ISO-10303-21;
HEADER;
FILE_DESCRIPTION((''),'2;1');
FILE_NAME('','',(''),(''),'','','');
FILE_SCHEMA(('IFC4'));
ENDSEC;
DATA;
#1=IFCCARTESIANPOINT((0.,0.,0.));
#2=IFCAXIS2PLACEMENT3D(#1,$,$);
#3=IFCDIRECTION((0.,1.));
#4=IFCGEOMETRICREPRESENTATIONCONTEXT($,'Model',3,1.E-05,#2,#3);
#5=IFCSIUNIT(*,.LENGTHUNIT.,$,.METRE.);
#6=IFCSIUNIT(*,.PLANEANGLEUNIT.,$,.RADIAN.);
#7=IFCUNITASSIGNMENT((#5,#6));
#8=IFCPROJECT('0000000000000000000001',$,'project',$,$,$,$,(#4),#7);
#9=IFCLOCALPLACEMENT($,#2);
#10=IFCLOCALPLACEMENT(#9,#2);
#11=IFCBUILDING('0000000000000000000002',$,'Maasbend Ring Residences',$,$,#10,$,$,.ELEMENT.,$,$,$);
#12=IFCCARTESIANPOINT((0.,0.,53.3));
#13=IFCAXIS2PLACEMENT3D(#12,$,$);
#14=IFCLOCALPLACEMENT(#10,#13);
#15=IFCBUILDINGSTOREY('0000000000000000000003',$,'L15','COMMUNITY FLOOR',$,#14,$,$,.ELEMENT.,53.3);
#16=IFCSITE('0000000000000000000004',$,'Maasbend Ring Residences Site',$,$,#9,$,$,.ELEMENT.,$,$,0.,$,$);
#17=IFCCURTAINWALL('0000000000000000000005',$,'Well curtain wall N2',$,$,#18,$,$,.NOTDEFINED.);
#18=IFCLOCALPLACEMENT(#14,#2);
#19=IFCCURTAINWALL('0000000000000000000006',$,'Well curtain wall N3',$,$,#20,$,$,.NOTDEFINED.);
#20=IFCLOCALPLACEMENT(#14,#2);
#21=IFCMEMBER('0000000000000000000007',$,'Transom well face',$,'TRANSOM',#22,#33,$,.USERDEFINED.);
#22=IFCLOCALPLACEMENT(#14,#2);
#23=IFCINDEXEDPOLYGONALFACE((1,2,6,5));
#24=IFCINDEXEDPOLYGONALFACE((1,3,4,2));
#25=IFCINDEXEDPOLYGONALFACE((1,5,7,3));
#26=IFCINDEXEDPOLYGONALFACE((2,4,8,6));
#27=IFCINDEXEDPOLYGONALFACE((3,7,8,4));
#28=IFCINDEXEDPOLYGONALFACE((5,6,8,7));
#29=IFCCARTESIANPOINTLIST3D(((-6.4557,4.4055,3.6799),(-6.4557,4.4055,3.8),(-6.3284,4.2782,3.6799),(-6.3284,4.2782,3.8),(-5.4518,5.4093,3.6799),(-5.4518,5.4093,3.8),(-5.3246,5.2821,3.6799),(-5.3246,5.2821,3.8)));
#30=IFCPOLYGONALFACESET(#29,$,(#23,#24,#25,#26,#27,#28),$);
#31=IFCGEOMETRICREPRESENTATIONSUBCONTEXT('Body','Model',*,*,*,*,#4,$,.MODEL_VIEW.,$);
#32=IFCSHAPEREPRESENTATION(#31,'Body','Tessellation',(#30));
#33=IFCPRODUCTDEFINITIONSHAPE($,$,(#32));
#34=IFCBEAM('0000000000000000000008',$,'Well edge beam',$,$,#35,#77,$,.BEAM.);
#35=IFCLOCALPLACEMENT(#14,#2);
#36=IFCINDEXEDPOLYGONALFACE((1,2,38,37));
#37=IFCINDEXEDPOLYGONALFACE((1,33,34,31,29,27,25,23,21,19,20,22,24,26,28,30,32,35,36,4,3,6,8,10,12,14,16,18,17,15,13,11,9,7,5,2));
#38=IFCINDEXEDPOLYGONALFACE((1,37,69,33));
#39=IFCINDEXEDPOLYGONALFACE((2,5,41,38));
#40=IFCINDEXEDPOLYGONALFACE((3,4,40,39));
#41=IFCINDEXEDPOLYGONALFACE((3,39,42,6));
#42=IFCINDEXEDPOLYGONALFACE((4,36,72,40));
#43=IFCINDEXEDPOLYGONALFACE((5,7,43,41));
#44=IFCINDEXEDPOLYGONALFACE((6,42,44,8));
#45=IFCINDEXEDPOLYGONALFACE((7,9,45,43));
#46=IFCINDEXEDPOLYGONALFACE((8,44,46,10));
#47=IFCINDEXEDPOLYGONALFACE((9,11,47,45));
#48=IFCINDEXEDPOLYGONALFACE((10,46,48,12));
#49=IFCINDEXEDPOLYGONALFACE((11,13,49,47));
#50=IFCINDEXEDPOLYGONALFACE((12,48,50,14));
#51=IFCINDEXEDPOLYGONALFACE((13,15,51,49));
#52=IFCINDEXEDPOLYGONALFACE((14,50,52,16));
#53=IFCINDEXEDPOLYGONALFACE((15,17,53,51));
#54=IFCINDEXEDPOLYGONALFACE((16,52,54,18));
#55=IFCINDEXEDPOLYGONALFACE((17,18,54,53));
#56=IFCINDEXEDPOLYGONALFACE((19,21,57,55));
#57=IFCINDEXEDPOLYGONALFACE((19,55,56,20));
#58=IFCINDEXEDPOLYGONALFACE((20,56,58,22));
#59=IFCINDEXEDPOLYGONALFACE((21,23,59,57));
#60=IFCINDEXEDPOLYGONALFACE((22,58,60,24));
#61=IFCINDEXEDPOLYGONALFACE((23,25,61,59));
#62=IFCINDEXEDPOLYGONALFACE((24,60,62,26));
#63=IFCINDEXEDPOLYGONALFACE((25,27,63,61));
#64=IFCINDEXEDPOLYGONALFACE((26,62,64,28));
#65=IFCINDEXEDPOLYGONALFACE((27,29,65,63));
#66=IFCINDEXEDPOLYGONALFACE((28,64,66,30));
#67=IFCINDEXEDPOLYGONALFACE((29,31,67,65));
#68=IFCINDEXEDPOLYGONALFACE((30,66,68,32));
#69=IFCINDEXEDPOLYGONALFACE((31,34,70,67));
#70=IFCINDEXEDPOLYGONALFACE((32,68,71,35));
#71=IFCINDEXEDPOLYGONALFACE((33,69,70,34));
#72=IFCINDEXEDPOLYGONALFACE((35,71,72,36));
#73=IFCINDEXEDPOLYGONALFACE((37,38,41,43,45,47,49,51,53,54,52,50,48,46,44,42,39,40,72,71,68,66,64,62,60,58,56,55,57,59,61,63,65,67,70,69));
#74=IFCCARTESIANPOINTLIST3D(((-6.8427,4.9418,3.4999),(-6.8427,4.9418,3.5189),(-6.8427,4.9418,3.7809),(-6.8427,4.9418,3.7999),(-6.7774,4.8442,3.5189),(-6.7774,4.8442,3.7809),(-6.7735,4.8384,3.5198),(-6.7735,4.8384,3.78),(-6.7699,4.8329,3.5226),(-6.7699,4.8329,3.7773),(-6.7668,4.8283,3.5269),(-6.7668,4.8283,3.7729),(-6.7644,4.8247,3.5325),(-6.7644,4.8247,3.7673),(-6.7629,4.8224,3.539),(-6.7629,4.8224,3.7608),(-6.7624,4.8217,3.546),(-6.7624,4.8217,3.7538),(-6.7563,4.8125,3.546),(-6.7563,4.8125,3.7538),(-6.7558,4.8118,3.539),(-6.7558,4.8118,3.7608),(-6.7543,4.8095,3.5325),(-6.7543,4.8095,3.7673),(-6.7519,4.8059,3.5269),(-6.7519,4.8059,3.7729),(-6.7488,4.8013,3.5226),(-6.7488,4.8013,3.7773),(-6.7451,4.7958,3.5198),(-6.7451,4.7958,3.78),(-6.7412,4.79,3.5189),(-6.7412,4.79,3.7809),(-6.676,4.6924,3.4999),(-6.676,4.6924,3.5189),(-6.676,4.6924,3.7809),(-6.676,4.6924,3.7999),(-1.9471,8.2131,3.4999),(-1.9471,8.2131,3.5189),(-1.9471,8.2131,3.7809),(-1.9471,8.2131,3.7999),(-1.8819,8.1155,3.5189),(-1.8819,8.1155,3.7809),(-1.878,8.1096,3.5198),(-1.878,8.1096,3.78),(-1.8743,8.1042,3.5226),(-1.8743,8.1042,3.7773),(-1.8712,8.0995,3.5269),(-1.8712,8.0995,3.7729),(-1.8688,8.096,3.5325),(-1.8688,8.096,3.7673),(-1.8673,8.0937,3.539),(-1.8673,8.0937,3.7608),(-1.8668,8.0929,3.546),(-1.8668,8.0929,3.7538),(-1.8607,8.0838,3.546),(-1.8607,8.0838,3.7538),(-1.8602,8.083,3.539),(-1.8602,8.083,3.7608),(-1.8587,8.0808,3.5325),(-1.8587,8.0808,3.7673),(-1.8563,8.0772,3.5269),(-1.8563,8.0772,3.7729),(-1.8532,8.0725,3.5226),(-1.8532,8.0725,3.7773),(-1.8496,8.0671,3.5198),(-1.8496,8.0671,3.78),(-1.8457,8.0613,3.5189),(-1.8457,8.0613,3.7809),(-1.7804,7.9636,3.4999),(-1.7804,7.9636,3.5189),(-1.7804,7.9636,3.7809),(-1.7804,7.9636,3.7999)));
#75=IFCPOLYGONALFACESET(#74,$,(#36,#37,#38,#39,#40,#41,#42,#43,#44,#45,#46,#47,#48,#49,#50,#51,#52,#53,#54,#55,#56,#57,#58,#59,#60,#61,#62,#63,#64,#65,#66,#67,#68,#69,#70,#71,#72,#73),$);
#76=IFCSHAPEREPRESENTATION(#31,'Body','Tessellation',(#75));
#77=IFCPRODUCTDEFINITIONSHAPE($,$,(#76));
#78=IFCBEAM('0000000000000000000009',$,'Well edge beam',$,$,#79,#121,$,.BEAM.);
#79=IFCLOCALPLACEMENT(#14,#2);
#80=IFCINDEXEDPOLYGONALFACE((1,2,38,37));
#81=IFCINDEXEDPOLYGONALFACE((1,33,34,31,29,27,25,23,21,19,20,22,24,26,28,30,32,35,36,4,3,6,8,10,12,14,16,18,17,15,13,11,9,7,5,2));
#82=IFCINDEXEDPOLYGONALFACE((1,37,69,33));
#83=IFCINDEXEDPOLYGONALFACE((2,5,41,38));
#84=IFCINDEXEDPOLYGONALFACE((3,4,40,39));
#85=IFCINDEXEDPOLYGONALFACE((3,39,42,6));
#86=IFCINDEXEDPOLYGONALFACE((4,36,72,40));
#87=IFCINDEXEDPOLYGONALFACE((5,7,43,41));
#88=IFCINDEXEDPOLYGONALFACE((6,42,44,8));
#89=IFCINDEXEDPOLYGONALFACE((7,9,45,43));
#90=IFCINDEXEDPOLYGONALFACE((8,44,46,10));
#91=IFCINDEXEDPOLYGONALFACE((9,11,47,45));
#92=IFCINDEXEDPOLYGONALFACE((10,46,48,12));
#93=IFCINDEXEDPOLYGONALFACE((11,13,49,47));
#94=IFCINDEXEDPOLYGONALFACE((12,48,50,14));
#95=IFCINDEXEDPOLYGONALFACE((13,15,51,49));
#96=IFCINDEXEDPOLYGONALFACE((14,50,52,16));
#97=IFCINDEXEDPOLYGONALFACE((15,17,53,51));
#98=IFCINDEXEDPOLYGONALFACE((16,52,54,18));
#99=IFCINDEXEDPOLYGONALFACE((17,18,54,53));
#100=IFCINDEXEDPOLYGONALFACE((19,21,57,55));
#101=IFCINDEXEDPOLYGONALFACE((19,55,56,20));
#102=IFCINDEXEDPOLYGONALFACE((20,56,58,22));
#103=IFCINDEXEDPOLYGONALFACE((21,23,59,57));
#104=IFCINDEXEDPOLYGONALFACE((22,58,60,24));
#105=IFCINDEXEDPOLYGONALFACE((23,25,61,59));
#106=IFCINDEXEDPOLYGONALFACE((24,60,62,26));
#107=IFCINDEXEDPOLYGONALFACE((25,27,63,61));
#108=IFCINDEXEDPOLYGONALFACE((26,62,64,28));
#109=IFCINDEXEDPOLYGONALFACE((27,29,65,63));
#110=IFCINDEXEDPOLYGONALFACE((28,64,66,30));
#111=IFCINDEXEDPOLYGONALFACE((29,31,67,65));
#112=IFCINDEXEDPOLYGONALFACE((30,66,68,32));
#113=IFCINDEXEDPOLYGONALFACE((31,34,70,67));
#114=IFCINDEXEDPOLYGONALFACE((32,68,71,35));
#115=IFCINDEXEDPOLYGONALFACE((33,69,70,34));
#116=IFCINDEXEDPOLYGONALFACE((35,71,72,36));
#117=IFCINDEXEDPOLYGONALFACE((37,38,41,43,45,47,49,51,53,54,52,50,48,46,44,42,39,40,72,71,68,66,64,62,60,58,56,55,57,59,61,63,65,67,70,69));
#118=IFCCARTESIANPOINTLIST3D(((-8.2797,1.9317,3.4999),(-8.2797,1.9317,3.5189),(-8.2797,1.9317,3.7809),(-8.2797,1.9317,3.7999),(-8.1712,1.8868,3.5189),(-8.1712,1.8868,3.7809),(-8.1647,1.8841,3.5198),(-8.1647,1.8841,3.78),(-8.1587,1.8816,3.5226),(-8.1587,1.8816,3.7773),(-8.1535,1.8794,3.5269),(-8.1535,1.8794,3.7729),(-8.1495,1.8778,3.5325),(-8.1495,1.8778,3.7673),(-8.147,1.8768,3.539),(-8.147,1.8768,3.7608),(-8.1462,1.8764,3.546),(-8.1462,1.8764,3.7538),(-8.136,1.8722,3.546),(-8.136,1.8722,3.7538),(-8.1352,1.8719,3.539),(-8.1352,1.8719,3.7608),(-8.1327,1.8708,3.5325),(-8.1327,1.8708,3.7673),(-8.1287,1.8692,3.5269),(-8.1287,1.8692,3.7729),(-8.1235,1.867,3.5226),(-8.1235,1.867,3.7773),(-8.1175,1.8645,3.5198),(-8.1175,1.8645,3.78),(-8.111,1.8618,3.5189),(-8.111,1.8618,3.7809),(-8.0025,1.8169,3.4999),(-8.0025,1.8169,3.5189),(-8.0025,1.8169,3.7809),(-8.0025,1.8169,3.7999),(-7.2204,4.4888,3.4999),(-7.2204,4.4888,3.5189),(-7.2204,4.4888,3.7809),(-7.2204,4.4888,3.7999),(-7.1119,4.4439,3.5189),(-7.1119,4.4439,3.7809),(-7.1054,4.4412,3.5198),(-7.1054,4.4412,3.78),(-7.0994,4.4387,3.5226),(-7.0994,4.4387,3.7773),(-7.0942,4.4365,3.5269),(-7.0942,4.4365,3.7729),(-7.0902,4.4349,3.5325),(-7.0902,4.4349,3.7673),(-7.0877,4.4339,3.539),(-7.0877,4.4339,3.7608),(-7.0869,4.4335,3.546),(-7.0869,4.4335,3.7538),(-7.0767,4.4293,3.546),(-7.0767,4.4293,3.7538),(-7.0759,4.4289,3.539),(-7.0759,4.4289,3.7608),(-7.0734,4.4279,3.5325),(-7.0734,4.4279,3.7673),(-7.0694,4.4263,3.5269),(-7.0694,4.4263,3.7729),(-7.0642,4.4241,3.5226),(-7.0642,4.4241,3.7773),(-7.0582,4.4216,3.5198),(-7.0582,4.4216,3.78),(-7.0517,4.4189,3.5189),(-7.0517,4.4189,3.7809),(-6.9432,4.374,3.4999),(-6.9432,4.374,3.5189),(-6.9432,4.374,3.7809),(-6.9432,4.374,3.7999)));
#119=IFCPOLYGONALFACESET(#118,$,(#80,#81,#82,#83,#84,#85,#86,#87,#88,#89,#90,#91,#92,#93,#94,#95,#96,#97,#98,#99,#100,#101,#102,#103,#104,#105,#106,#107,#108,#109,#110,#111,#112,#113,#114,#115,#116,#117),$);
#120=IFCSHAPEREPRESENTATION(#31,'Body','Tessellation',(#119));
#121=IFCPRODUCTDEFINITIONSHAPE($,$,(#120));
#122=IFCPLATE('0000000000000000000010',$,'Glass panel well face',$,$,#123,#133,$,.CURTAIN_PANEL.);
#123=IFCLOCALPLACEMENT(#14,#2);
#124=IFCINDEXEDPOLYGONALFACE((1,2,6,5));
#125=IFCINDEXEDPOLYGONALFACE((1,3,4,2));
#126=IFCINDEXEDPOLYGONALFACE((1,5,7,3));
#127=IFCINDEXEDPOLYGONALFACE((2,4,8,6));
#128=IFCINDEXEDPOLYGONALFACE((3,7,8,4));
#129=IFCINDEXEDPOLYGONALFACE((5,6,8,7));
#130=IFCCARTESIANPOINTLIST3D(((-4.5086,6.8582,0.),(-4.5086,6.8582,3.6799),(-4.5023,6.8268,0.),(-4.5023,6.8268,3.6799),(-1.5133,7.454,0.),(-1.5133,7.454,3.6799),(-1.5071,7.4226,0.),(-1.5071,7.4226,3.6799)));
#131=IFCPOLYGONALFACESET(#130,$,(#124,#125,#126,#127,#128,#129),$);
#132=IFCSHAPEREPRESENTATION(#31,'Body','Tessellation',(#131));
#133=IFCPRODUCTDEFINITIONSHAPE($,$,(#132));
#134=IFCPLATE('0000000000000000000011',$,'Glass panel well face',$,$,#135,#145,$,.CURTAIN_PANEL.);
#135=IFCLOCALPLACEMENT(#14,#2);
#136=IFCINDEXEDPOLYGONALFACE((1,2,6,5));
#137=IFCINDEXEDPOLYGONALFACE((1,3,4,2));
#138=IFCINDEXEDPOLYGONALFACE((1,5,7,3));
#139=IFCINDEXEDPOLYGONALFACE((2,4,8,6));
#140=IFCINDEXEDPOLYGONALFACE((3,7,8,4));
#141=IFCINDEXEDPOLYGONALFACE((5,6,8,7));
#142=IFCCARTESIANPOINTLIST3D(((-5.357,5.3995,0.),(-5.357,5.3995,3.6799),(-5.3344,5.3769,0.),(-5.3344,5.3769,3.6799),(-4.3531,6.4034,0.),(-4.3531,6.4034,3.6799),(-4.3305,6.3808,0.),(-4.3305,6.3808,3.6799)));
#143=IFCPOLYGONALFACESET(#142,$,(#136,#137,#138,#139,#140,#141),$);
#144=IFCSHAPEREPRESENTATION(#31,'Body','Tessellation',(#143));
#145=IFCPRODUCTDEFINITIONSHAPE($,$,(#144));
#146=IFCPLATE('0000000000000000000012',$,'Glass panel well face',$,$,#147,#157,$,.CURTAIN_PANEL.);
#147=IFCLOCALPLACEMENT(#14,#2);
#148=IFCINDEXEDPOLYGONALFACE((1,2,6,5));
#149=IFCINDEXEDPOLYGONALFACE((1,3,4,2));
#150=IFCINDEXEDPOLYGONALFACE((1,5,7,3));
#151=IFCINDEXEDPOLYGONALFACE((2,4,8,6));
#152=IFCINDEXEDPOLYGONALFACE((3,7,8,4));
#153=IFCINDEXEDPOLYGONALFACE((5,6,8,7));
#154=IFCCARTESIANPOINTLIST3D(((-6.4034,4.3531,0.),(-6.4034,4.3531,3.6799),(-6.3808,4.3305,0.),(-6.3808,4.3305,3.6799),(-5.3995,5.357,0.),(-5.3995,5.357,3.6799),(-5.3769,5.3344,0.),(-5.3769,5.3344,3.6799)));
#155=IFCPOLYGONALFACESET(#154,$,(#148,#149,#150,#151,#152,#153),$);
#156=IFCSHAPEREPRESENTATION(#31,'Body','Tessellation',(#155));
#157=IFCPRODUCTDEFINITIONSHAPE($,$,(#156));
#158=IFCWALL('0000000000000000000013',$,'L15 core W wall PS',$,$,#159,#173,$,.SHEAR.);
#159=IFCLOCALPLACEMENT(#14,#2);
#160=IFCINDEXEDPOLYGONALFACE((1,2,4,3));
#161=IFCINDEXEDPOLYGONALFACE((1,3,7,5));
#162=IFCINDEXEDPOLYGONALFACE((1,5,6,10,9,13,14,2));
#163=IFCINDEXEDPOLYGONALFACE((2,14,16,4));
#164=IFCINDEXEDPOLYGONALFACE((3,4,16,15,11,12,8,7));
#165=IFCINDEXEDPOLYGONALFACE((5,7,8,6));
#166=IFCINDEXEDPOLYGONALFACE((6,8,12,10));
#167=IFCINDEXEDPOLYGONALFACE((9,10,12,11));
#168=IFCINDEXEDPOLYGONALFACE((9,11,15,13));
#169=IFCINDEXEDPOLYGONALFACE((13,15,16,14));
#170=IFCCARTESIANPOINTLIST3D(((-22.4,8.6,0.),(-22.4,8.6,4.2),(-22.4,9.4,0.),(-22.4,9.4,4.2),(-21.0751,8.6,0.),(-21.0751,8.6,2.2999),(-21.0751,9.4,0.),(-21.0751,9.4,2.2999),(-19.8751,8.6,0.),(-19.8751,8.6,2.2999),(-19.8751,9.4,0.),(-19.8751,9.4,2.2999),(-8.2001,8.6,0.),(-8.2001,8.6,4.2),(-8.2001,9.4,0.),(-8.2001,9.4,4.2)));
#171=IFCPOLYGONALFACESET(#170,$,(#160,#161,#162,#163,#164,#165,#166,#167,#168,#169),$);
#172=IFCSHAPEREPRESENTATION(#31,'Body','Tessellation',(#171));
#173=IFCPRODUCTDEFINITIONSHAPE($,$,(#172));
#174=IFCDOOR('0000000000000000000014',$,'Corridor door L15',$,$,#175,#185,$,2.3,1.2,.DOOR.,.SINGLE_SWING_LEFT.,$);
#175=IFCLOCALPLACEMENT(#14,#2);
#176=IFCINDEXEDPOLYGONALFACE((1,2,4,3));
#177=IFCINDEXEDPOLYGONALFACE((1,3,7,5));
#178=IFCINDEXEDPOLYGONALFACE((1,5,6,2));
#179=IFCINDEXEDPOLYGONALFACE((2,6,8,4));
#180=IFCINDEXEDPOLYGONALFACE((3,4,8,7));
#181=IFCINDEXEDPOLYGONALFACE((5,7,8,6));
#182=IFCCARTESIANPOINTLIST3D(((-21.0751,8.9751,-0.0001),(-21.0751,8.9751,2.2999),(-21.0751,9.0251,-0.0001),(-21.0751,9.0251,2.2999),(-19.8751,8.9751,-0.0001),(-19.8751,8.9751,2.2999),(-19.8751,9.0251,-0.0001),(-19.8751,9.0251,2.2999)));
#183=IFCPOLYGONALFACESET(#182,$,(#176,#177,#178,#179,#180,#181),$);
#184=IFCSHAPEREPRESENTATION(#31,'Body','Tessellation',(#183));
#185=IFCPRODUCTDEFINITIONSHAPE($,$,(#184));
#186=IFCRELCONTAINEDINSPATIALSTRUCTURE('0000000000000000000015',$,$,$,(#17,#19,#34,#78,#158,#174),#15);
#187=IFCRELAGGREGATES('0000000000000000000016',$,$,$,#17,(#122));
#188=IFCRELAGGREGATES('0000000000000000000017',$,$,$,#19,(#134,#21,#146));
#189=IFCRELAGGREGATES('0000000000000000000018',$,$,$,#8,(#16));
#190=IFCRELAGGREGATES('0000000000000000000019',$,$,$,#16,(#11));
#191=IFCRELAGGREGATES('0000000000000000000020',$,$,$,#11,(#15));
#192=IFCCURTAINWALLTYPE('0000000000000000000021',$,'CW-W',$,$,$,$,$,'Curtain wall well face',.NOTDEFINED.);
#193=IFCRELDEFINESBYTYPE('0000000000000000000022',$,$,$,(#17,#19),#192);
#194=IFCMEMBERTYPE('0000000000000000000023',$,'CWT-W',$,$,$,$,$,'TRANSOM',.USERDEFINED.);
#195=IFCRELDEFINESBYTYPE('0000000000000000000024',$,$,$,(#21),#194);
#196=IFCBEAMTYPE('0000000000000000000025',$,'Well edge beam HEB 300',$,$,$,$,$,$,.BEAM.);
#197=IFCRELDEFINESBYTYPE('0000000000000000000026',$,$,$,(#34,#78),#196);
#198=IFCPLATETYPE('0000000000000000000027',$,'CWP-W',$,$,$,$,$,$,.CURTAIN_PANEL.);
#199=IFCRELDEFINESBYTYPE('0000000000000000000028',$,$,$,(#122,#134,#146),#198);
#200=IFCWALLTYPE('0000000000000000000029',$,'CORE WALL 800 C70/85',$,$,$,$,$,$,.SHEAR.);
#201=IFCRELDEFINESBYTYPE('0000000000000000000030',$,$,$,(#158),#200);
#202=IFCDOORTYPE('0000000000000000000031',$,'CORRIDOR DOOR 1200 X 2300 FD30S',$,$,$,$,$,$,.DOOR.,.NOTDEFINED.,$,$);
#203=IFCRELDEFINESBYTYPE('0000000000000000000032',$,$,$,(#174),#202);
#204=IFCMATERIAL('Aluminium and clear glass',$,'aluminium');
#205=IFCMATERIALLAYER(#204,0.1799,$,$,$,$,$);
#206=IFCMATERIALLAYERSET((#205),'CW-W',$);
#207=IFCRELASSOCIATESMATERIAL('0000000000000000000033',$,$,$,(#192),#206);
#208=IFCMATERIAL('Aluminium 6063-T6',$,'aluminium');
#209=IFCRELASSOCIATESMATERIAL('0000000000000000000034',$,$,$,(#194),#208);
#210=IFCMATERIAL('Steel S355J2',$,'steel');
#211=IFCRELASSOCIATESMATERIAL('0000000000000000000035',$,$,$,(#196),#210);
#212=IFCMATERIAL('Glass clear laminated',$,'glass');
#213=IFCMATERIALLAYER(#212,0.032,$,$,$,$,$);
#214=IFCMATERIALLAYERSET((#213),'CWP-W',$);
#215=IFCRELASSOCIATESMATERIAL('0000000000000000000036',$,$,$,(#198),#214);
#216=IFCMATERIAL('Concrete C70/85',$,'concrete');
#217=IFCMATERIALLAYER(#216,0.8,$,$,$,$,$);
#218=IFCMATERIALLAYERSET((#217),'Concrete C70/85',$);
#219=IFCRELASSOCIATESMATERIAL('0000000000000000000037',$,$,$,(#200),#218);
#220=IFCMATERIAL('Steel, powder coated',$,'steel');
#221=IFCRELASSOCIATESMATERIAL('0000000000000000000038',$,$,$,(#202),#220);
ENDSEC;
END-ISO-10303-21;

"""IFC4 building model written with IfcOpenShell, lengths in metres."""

from ifc_helpers import new_model, si_unit, direction, frame, frame_2d, origin, origin_2d, place, context, subcontext, project, spatial, rectangle, i_section, extrude, material, layer, layer_set, material_profile, profile_set, type_object, element, fill, aggregate, save


model = new_model("IFC4")

# Units and contexts
model_context = context("Model", 3, precision=1e-05, world=origin(), true_north=direction((0.0, 1.0)))
body_context = subcontext(model_context, "Body", "Model", "MODEL_VIEW")
ifc_project = project(units=[si_unit("LENGTHUNIT", "METRE"), si_unit("PLANEANGLEUNIT", "RADIAN")], contexts=[model_context])

# Site, building, storey
site_placement = place(None, origin())
site = spatial("IfcSite", under=ifc_project, at=site_placement, Name="Maasbend Ring Residences Site", CompositionType="ELEMENT", RefElevation=0.0)
building_placement = place(site_placement, origin())
building = spatial("IfcBuilding", under=site, at=building_placement, Name="Maasbend Ring Residences", CompositionType="ELEMENT")
storey_placement = place(building_placement, frame((0.0, 0.0, 53.3)))
storey = spatial("IfcBuildingStorey", under=building, at=storey_placement, Name="L15", Description="COMMUNITY FLOOR", CompositionType="ELEMENT", Elevation=53.3)

# Curtain walls
ifc_material_1 = material(Name="Aluminium and clear glass", Category="aluminium")
ifc_layer_1 = layer(ifc_material_1, 0.1799)
ifc_layer_set_1 = layer_set([ifc_layer_1], Name="CW-W")
curtain_wall_type = type_object("IfcCurtainWallType", Name="CW-W", ElementType="Curtain wall well face", PredefinedType="NOTDEFINED", material=ifc_layer_set_1)
curtain_wall_1_placement = place(storey_placement, origin())
curtain_wall_1 = element("IfcCurtainWall", 1, at=curtain_wall_1_placement, inside=storey, type_object=curtain_wall_type, Name="Well curtain wall N2", PredefinedType="NOTDEFINED")
curtain_wall_2_placement = place(storey_placement, origin())
curtain_wall_2 = element("IfcCurtainWall", 2, at=curtain_wall_2_placement, inside=storey, type_object=curtain_wall_type, Name="Well curtain wall N3", PredefinedType="NOTDEFINED")

# Member
ifc_material_2 = material(Name="Aluminium 6063-T6", Category="aluminium")
ifc_material_profile_1 = material_profile(ifc_material_2, rectangle(XDim=0.1799, YDim=0.1201, at=origin_2d()), Name="AL 180x120")
ifc_profile_set_1 = profile_set([ifc_material_profile_1], Name="Aluminium 6063-T6")
member_type_1 = type_object("IfcMemberType", Name="CWT-W", ElementType="TRANSOM", PredefinedType="USERDEFINED", material=ifc_profile_set_1)
member_1_placement = place(storey_placement, frame((-5.3882, 5.3457, 3.74), z_axis=(-0.707107, -0.707107, 0.0), x_axis=(0.707107, -0.707107, 0.0)))
member_1 = element("IfcMember", 3, at=member_1_placement, type_object=member_type_1, Name="Transom well face", ObjectType="TRANSOM", PredefinedType="USERDEFINED", context=body_context, shape_type="SweptSolid", body=[
    extrude(rectangle(XDim=0.1799, YDim=0.1201, at=origin_2d()), origin(), (0.0, 0.0, 1.0), 1.4197),
])

# Beams
ifc_material_3 = material(Name="Steel S355J2", Category="steel")
ifc_material_profile_2 = material_profile(ifc_material_3, i_section(OverallWidth=0.3, OverallDepth=0.3, WebThickness=0.011, FlangeThickness=0.019, FilletRadius=0.0271, at=origin_2d()), Name="HEB 300")
ifc_profile_set_2 = profile_set([ifc_material_profile_2], Name="Steel S355J2")
beam_type = type_object("IfcBeamType", Name="Well edge beam HEB 300", PredefinedType="BEAM", material=ifc_profile_set_2)
beam_1_placement = place(storey_placement, frame((-1.8638, 8.0884, 3.6499), z_axis=(-0.831457, -0.55559, 0.0), x_axis=(0.55559, -0.831457, 0.0)))
element("IfcBeam", 4, at=beam_1_placement, inside=storey, type_object=beam_type, Name="Well edge beam", PredefinedType="BEAM", context=body_context, shape_type="SweptSolid", body=[
    extrude(i_section(OverallWidth=0.3, OverallDepth=0.3, WebThickness=0.011, FlangeThickness=0.019, FilletRadius=0.0271, at=origin_2d()), origin(), (0.0, 0.0, 1.0), 5.8879),
])
beam_2_placement = place(storey_placement, frame((-7.0818, 4.4314, 3.6499), z_axis=(-0.382723, -0.923863, 0.0), x_axis=(0.923863, -0.382723, 0.0)))
element("IfcBeam", 5, at=beam_2_placement, inside=storey, type_object=beam_type, Name="Well edge beam", PredefinedType="BEAM", context=body_context, shape_type="SweptSolid", body=[
    extrude(i_section(OverallWidth=0.3, OverallDepth=0.3, WebThickness=0.011, FlangeThickness=0.019, FilletRadius=0.0271, at=origin_2d()), origin(), (0.0, 0.0, 1.0), 2.7678),
])

# Plates
ifc_material_4 = material(Name="Glass clear laminated", Category="glass")
ifc_layer_2 = layer(ifc_material_4, 0.032)
ifc_layer_set_2 = layer_set([ifc_layer_2], Name="CWP-W")
plate_type = type_object("IfcPlateType", Name="CWP-W", PredefinedType="CURTAIN_PANEL", material=ifc_layer_set_2)
plate_1_placement = place(storey_placement, frame((-3.0078, 7.1404, 0.0), z_axis=(0.0, 0.0, 1.0), x_axis=(-0.980785, -0.19509, 0.0)))
plate_1 = element("IfcPlate", 6, at=plate_1_placement, type_object=plate_type, Name="Glass panel well face", PredefinedType="CURTAIN_PANEL", context=body_context, shape_type="SweptSolid", body=[
    extrude(rectangle(XDim=3.054, YDim=0.032, at=origin_2d()), origin(), (0.0, 0.0, 1.0), 3.6799),
])
aggregate(curtain_wall_1, [plate_1])
plate_2_placement = place(storey_placement, frame((-4.8438, 5.8901, 0.0), z_axis=(0.0, 0.0, 1.0), x_axis=(-0.707107, -0.707107, 0.0)))
plate_2 = element("IfcPlate", 7, at=plate_2_placement, type_object=plate_type, Name="Glass panel well face", PredefinedType="CURTAIN_PANEL", context=body_context, shape_type="SweptSolid", body=[
    extrude(rectangle(XDim=1.4197, YDim=0.032, at=origin_2d()), origin(), (0.0, 0.0, 1.0), 3.6799),
])
plate_3_placement = place(storey_placement, frame((-5.8901, 4.8438, 0.0), z_axis=(0.0, 0.0, 1.0), x_axis=(-0.707107, -0.707107, 0.0)))
plate_3 = element("IfcPlate", 8, at=plate_3_placement, type_object=plate_type, Name="Glass panel well face", PredefinedType="CURTAIN_PANEL", context=body_context, shape_type="SweptSolid", body=[
    extrude(rectangle(XDim=1.4197, YDim=0.032, at=origin_2d()), origin(), (0.0, 0.0, 1.0), 3.6799),
])
aggregate(curtain_wall_2, [plate_2, member_1, plate_3])

# Wall, opening, door
ifc_material_5 = material(Name="Concrete C70/85", Category="concrete")
ifc_layer_3 = layer(ifc_material_5, 0.8)
ifc_layer_set_3 = layer_set([ifc_layer_3], Name="Concrete C70/85")
wall_type_1 = type_object("IfcWallType", Name="CORE WALL 800 C70/85", PredefinedType="SHEAR", material=ifc_layer_set_3)
wall_1_placement = place(storey_placement, frame((-8.2, 9.0, 0.0), z_axis=(0.0, 0.0, 1.0), x_axis=(-1.0, 0.0, 0.0)))
wall_1 = element("IfcWall", 9, at=wall_1_placement, inside=storey, type_object=wall_type_1, Name="L15 core W wall PS", PredefinedType="SHEAR", context=body_context, shape_type="SweptSolid", body=[
    extrude(rectangle(XDim=14.2, YDim=0.8, at=frame_2d((7.1001, 0.0))), origin(), (0.0, 0.0, 1.0), 4.2),
])
opening_placement = place(wall_1_placement, frame((11.675, 0.0, 0.0)))
opening = element("IfcOpeningElement", 10, at=opening_placement, cuts=wall_1, PredefinedType="OPENING", context=body_context, shape_type="SweptSolid", body=[
    extrude(rectangle(XDim=1.2, YDim=2.3, at=frame_2d((0.6001, 1.1499))), frame((0.0, 0.4102, 0.0), z_axis=(0.0, -1.0, 0.0), x_axis=(1.0, 0.0, 0.0)), (0.0, 0.0, 1.0), 0.8201),
])
ifc_material_6 = material(Name="Steel, powder coated", Category="steel")
door_type = type_object("IfcDoorType", Name="CORRIDOR DOOR 1200 X 2300 FD30S", OperationType="NOTDEFINED", PredefinedType="DOOR", material=ifc_material_6)
door_placement = place(opening_placement, origin())
door = element("IfcDoor", 11, at=door_placement, inside=storey, type_object=door_type, Name="Corridor door L15", OperationType="SINGLE_SWING_LEFT", OverallHeight=2.3, OverallWidth=1.2, PredefinedType="DOOR", context=body_context, shape_type="SweptSolid", body=[
    extrude(rectangle(XDim=1.2, YDim=2.3, at=frame_2d((0.6001, 1.1499))), frame((0.0, 0.0249, 0.0), z_axis=(0.0, -1.0, 0.0), x_axis=(1.0, 0.0, 0.0)), (0.0, 0.0, 1.0), 0.05),
])
fill(opening, door)

save(model, "model.ifc")
